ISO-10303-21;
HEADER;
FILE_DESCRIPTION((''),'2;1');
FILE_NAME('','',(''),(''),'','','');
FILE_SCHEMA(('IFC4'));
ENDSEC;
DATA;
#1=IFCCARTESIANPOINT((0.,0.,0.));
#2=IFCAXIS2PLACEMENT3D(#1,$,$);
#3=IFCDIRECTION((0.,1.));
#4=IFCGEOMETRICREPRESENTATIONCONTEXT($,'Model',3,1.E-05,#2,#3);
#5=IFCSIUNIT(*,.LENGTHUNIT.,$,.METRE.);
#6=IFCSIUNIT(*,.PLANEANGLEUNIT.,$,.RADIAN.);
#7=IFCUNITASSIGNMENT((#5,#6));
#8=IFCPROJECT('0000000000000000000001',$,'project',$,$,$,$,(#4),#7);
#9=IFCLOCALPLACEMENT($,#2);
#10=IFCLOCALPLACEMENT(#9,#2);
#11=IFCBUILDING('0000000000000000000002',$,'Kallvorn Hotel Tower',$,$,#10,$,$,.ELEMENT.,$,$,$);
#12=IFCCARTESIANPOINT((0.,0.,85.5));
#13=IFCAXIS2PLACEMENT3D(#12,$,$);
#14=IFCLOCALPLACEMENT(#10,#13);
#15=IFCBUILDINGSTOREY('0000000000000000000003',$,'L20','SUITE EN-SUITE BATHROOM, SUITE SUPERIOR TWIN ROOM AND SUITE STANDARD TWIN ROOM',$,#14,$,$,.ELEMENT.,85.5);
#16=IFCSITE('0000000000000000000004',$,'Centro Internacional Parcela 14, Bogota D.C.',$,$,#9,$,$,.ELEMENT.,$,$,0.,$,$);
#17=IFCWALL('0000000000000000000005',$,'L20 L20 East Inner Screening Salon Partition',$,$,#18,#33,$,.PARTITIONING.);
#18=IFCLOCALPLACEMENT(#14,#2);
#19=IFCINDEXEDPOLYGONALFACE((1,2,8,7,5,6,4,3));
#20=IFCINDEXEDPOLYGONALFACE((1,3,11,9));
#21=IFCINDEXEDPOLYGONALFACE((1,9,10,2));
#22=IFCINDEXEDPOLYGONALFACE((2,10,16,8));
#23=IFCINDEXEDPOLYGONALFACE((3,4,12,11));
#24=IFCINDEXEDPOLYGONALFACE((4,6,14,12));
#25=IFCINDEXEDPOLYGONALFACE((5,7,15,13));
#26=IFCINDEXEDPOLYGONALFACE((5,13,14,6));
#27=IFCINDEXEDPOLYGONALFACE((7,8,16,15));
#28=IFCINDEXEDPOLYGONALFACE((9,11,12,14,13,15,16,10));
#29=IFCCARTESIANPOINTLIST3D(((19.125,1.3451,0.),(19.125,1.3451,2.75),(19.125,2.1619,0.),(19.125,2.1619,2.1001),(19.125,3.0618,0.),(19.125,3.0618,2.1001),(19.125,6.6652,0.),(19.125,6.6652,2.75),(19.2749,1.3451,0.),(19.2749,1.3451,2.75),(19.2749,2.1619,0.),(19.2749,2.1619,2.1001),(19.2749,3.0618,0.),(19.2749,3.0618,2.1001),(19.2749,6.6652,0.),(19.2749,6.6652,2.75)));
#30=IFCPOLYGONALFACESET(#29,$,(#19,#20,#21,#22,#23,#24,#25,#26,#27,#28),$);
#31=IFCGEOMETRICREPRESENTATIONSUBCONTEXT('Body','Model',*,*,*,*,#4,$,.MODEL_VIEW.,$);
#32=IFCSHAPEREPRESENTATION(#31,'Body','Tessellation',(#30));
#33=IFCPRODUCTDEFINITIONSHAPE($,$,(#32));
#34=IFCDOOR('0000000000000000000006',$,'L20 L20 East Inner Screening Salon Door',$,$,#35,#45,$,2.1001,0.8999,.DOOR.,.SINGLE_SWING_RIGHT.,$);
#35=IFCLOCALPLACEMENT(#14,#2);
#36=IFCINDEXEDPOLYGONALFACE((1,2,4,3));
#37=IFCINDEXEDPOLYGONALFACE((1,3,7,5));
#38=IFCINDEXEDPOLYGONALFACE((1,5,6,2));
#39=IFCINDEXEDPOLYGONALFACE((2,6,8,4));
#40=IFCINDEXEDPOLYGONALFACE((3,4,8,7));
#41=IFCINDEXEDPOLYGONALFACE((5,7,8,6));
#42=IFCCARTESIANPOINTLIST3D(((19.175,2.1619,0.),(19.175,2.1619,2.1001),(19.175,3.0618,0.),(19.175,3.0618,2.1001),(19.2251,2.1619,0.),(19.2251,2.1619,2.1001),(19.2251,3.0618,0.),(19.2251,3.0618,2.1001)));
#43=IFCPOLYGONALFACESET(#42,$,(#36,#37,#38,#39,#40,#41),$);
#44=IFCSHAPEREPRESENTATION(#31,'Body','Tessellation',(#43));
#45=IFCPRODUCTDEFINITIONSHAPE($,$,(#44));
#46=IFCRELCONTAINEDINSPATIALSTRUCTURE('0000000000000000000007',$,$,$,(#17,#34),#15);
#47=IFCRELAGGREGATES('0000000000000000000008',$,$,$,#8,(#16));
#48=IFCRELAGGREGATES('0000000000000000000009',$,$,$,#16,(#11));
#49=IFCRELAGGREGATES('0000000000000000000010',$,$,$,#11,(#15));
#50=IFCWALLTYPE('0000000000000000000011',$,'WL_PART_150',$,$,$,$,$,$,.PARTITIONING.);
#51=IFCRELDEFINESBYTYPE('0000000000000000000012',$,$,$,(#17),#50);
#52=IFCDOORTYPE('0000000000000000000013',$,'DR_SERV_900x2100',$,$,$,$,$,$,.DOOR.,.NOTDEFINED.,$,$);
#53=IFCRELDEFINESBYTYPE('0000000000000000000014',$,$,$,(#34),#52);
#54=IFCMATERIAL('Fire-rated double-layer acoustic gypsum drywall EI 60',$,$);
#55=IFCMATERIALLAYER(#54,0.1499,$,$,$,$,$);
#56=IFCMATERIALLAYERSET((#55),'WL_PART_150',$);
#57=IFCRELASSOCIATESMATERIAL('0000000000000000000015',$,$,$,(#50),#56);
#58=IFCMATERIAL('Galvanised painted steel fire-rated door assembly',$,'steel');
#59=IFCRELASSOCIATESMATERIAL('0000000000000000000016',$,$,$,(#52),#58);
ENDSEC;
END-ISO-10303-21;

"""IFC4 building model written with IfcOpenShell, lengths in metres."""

from ifc_helpers import new_model, si_unit, direction, frame, frame_2d, origin, place, context, subcontext, project, spatial, rectangle, extrude, material, layer, layer_set, type_object, element, fill, save


model = new_model("IFC4")

# Units and contexts
model_context = context("Model", 3, precision=1e-05, world=origin(), true_north=direction((0.0, 1.0)))
body_context = subcontext(model_context, "Body", "Model", "MODEL_VIEW")
ifc_project = project(units=[si_unit("LENGTHUNIT", "METRE"), si_unit("PLANEANGLEUNIT", "RADIAN")], contexts=[model_context])

# Site, building, storey
site_placement = place(None, origin())
site = spatial("IfcSite", under=ifc_project, at=site_placement, Name="Centro Internacional Parcela 14, Bogota D.C.", CompositionType="ELEMENT", RefElevation=0.0)
building_placement = place(site_placement, origin())
building = spatial("IfcBuilding", under=site, at=building_placement, Name="Kallvorn Hotel Tower", CompositionType="ELEMENT")
storey_placement = place(building_placement, frame((0.0, 0.0, 85.5)))
storey = spatial("IfcBuildingStorey", under=building, at=storey_placement, Name="L20", Description="SUITE EN-SUITE BATHROOM, SUITE SUPERIOR TWIN ROOM AND SUITE STANDARD TWIN ROOM", CompositionType="ELEMENT", Elevation=85.5)

# Shared definitions
ifc_material_1 = material(Name="Fire-rated double-layer acoustic gypsum drywall EI 60")
ifc_layer_1 = layer(ifc_material_1, 0.1499)
ifc_layer_set_1 = layer_set([ifc_layer_1], Name="WL_PART_150")
wall_type_1 = type_object("IfcWallType", Name="WL_PART_150", PredefinedType="PARTITIONING", material=ifc_layer_set_1)

# Wall, opening, door
wall_1_placement = place(storey_placement, frame((19.2, 1.345, 0.0), z_axis=(0.0, 0.0, 1.0), x_axis=(0.0, 1.0, 0.0)))
wall_1 = element("IfcWall", 1, at=wall_1_placement, inside=storey, type_object=wall_type_1, Name="L20 L20 East Inner Screening Salon Partition", PredefinedType="PARTITIONING", context=body_context, shape_type="SweptSolid", body=[
    extrude(rectangle(XDim=5.3201, YDim=0.1499, at=frame_2d((2.6602, 0.0))), origin(), (0.0, 0.0, 1.0), 2.75),
])
opening_1_placement = place(wall_1_placement, frame((0.8169, 0.0, 0.0)))
opening_1 = element("IfcOpeningElement", 2, at=opening_1_placement, cuts=wall_1, PredefinedType="OPENING", context=body_context, shape_type="SweptSolid", body=[
    extrude(rectangle(XDim=0.8999, YDim=2.1001, at=frame_2d((0.45, 1.05))), frame((0.0, 0.0898, 0.0), z_axis=(0.0, -1.0, 0.0), x_axis=(1.0, 0.0, 0.0)), (0.0, 0.0, 1.0), 0.1799),
])
ifc_material_2 = material(Name="Galvanised painted steel fire-rated door assembly", Category="steel")
door_type_1 = type_object("IfcDoorType", Name="DR_SERV_900x2100", OperationType="NOTDEFINED", PredefinedType="DOOR", material=ifc_material_2)
door_1_placement = place(opening_1_placement, origin())
door_1 = element("IfcDoor", 3, at=door_1_placement, inside=storey, type_object=door_type_1, Name="L20 L20 East Inner Screening Salon Door", OperationType="SINGLE_SWING_RIGHT", OverallHeight=2.1001, OverallWidth=0.8999, PredefinedType="DOOR", context=body_context, shape_type="SweptSolid", body=[
    extrude(rectangle(XDim=0.8999, YDim=2.1001, at=frame_2d((0.45, 1.05))), frame((0.0, 0.0249, 0.0), z_axis=(0.0, -1.0, 0.0), x_axis=(1.0, 0.0, 0.0)), (0.0, 0.0, 1.0), 0.05),
])
fill(opening_1, door_1)

save(model, "model.ifc")
